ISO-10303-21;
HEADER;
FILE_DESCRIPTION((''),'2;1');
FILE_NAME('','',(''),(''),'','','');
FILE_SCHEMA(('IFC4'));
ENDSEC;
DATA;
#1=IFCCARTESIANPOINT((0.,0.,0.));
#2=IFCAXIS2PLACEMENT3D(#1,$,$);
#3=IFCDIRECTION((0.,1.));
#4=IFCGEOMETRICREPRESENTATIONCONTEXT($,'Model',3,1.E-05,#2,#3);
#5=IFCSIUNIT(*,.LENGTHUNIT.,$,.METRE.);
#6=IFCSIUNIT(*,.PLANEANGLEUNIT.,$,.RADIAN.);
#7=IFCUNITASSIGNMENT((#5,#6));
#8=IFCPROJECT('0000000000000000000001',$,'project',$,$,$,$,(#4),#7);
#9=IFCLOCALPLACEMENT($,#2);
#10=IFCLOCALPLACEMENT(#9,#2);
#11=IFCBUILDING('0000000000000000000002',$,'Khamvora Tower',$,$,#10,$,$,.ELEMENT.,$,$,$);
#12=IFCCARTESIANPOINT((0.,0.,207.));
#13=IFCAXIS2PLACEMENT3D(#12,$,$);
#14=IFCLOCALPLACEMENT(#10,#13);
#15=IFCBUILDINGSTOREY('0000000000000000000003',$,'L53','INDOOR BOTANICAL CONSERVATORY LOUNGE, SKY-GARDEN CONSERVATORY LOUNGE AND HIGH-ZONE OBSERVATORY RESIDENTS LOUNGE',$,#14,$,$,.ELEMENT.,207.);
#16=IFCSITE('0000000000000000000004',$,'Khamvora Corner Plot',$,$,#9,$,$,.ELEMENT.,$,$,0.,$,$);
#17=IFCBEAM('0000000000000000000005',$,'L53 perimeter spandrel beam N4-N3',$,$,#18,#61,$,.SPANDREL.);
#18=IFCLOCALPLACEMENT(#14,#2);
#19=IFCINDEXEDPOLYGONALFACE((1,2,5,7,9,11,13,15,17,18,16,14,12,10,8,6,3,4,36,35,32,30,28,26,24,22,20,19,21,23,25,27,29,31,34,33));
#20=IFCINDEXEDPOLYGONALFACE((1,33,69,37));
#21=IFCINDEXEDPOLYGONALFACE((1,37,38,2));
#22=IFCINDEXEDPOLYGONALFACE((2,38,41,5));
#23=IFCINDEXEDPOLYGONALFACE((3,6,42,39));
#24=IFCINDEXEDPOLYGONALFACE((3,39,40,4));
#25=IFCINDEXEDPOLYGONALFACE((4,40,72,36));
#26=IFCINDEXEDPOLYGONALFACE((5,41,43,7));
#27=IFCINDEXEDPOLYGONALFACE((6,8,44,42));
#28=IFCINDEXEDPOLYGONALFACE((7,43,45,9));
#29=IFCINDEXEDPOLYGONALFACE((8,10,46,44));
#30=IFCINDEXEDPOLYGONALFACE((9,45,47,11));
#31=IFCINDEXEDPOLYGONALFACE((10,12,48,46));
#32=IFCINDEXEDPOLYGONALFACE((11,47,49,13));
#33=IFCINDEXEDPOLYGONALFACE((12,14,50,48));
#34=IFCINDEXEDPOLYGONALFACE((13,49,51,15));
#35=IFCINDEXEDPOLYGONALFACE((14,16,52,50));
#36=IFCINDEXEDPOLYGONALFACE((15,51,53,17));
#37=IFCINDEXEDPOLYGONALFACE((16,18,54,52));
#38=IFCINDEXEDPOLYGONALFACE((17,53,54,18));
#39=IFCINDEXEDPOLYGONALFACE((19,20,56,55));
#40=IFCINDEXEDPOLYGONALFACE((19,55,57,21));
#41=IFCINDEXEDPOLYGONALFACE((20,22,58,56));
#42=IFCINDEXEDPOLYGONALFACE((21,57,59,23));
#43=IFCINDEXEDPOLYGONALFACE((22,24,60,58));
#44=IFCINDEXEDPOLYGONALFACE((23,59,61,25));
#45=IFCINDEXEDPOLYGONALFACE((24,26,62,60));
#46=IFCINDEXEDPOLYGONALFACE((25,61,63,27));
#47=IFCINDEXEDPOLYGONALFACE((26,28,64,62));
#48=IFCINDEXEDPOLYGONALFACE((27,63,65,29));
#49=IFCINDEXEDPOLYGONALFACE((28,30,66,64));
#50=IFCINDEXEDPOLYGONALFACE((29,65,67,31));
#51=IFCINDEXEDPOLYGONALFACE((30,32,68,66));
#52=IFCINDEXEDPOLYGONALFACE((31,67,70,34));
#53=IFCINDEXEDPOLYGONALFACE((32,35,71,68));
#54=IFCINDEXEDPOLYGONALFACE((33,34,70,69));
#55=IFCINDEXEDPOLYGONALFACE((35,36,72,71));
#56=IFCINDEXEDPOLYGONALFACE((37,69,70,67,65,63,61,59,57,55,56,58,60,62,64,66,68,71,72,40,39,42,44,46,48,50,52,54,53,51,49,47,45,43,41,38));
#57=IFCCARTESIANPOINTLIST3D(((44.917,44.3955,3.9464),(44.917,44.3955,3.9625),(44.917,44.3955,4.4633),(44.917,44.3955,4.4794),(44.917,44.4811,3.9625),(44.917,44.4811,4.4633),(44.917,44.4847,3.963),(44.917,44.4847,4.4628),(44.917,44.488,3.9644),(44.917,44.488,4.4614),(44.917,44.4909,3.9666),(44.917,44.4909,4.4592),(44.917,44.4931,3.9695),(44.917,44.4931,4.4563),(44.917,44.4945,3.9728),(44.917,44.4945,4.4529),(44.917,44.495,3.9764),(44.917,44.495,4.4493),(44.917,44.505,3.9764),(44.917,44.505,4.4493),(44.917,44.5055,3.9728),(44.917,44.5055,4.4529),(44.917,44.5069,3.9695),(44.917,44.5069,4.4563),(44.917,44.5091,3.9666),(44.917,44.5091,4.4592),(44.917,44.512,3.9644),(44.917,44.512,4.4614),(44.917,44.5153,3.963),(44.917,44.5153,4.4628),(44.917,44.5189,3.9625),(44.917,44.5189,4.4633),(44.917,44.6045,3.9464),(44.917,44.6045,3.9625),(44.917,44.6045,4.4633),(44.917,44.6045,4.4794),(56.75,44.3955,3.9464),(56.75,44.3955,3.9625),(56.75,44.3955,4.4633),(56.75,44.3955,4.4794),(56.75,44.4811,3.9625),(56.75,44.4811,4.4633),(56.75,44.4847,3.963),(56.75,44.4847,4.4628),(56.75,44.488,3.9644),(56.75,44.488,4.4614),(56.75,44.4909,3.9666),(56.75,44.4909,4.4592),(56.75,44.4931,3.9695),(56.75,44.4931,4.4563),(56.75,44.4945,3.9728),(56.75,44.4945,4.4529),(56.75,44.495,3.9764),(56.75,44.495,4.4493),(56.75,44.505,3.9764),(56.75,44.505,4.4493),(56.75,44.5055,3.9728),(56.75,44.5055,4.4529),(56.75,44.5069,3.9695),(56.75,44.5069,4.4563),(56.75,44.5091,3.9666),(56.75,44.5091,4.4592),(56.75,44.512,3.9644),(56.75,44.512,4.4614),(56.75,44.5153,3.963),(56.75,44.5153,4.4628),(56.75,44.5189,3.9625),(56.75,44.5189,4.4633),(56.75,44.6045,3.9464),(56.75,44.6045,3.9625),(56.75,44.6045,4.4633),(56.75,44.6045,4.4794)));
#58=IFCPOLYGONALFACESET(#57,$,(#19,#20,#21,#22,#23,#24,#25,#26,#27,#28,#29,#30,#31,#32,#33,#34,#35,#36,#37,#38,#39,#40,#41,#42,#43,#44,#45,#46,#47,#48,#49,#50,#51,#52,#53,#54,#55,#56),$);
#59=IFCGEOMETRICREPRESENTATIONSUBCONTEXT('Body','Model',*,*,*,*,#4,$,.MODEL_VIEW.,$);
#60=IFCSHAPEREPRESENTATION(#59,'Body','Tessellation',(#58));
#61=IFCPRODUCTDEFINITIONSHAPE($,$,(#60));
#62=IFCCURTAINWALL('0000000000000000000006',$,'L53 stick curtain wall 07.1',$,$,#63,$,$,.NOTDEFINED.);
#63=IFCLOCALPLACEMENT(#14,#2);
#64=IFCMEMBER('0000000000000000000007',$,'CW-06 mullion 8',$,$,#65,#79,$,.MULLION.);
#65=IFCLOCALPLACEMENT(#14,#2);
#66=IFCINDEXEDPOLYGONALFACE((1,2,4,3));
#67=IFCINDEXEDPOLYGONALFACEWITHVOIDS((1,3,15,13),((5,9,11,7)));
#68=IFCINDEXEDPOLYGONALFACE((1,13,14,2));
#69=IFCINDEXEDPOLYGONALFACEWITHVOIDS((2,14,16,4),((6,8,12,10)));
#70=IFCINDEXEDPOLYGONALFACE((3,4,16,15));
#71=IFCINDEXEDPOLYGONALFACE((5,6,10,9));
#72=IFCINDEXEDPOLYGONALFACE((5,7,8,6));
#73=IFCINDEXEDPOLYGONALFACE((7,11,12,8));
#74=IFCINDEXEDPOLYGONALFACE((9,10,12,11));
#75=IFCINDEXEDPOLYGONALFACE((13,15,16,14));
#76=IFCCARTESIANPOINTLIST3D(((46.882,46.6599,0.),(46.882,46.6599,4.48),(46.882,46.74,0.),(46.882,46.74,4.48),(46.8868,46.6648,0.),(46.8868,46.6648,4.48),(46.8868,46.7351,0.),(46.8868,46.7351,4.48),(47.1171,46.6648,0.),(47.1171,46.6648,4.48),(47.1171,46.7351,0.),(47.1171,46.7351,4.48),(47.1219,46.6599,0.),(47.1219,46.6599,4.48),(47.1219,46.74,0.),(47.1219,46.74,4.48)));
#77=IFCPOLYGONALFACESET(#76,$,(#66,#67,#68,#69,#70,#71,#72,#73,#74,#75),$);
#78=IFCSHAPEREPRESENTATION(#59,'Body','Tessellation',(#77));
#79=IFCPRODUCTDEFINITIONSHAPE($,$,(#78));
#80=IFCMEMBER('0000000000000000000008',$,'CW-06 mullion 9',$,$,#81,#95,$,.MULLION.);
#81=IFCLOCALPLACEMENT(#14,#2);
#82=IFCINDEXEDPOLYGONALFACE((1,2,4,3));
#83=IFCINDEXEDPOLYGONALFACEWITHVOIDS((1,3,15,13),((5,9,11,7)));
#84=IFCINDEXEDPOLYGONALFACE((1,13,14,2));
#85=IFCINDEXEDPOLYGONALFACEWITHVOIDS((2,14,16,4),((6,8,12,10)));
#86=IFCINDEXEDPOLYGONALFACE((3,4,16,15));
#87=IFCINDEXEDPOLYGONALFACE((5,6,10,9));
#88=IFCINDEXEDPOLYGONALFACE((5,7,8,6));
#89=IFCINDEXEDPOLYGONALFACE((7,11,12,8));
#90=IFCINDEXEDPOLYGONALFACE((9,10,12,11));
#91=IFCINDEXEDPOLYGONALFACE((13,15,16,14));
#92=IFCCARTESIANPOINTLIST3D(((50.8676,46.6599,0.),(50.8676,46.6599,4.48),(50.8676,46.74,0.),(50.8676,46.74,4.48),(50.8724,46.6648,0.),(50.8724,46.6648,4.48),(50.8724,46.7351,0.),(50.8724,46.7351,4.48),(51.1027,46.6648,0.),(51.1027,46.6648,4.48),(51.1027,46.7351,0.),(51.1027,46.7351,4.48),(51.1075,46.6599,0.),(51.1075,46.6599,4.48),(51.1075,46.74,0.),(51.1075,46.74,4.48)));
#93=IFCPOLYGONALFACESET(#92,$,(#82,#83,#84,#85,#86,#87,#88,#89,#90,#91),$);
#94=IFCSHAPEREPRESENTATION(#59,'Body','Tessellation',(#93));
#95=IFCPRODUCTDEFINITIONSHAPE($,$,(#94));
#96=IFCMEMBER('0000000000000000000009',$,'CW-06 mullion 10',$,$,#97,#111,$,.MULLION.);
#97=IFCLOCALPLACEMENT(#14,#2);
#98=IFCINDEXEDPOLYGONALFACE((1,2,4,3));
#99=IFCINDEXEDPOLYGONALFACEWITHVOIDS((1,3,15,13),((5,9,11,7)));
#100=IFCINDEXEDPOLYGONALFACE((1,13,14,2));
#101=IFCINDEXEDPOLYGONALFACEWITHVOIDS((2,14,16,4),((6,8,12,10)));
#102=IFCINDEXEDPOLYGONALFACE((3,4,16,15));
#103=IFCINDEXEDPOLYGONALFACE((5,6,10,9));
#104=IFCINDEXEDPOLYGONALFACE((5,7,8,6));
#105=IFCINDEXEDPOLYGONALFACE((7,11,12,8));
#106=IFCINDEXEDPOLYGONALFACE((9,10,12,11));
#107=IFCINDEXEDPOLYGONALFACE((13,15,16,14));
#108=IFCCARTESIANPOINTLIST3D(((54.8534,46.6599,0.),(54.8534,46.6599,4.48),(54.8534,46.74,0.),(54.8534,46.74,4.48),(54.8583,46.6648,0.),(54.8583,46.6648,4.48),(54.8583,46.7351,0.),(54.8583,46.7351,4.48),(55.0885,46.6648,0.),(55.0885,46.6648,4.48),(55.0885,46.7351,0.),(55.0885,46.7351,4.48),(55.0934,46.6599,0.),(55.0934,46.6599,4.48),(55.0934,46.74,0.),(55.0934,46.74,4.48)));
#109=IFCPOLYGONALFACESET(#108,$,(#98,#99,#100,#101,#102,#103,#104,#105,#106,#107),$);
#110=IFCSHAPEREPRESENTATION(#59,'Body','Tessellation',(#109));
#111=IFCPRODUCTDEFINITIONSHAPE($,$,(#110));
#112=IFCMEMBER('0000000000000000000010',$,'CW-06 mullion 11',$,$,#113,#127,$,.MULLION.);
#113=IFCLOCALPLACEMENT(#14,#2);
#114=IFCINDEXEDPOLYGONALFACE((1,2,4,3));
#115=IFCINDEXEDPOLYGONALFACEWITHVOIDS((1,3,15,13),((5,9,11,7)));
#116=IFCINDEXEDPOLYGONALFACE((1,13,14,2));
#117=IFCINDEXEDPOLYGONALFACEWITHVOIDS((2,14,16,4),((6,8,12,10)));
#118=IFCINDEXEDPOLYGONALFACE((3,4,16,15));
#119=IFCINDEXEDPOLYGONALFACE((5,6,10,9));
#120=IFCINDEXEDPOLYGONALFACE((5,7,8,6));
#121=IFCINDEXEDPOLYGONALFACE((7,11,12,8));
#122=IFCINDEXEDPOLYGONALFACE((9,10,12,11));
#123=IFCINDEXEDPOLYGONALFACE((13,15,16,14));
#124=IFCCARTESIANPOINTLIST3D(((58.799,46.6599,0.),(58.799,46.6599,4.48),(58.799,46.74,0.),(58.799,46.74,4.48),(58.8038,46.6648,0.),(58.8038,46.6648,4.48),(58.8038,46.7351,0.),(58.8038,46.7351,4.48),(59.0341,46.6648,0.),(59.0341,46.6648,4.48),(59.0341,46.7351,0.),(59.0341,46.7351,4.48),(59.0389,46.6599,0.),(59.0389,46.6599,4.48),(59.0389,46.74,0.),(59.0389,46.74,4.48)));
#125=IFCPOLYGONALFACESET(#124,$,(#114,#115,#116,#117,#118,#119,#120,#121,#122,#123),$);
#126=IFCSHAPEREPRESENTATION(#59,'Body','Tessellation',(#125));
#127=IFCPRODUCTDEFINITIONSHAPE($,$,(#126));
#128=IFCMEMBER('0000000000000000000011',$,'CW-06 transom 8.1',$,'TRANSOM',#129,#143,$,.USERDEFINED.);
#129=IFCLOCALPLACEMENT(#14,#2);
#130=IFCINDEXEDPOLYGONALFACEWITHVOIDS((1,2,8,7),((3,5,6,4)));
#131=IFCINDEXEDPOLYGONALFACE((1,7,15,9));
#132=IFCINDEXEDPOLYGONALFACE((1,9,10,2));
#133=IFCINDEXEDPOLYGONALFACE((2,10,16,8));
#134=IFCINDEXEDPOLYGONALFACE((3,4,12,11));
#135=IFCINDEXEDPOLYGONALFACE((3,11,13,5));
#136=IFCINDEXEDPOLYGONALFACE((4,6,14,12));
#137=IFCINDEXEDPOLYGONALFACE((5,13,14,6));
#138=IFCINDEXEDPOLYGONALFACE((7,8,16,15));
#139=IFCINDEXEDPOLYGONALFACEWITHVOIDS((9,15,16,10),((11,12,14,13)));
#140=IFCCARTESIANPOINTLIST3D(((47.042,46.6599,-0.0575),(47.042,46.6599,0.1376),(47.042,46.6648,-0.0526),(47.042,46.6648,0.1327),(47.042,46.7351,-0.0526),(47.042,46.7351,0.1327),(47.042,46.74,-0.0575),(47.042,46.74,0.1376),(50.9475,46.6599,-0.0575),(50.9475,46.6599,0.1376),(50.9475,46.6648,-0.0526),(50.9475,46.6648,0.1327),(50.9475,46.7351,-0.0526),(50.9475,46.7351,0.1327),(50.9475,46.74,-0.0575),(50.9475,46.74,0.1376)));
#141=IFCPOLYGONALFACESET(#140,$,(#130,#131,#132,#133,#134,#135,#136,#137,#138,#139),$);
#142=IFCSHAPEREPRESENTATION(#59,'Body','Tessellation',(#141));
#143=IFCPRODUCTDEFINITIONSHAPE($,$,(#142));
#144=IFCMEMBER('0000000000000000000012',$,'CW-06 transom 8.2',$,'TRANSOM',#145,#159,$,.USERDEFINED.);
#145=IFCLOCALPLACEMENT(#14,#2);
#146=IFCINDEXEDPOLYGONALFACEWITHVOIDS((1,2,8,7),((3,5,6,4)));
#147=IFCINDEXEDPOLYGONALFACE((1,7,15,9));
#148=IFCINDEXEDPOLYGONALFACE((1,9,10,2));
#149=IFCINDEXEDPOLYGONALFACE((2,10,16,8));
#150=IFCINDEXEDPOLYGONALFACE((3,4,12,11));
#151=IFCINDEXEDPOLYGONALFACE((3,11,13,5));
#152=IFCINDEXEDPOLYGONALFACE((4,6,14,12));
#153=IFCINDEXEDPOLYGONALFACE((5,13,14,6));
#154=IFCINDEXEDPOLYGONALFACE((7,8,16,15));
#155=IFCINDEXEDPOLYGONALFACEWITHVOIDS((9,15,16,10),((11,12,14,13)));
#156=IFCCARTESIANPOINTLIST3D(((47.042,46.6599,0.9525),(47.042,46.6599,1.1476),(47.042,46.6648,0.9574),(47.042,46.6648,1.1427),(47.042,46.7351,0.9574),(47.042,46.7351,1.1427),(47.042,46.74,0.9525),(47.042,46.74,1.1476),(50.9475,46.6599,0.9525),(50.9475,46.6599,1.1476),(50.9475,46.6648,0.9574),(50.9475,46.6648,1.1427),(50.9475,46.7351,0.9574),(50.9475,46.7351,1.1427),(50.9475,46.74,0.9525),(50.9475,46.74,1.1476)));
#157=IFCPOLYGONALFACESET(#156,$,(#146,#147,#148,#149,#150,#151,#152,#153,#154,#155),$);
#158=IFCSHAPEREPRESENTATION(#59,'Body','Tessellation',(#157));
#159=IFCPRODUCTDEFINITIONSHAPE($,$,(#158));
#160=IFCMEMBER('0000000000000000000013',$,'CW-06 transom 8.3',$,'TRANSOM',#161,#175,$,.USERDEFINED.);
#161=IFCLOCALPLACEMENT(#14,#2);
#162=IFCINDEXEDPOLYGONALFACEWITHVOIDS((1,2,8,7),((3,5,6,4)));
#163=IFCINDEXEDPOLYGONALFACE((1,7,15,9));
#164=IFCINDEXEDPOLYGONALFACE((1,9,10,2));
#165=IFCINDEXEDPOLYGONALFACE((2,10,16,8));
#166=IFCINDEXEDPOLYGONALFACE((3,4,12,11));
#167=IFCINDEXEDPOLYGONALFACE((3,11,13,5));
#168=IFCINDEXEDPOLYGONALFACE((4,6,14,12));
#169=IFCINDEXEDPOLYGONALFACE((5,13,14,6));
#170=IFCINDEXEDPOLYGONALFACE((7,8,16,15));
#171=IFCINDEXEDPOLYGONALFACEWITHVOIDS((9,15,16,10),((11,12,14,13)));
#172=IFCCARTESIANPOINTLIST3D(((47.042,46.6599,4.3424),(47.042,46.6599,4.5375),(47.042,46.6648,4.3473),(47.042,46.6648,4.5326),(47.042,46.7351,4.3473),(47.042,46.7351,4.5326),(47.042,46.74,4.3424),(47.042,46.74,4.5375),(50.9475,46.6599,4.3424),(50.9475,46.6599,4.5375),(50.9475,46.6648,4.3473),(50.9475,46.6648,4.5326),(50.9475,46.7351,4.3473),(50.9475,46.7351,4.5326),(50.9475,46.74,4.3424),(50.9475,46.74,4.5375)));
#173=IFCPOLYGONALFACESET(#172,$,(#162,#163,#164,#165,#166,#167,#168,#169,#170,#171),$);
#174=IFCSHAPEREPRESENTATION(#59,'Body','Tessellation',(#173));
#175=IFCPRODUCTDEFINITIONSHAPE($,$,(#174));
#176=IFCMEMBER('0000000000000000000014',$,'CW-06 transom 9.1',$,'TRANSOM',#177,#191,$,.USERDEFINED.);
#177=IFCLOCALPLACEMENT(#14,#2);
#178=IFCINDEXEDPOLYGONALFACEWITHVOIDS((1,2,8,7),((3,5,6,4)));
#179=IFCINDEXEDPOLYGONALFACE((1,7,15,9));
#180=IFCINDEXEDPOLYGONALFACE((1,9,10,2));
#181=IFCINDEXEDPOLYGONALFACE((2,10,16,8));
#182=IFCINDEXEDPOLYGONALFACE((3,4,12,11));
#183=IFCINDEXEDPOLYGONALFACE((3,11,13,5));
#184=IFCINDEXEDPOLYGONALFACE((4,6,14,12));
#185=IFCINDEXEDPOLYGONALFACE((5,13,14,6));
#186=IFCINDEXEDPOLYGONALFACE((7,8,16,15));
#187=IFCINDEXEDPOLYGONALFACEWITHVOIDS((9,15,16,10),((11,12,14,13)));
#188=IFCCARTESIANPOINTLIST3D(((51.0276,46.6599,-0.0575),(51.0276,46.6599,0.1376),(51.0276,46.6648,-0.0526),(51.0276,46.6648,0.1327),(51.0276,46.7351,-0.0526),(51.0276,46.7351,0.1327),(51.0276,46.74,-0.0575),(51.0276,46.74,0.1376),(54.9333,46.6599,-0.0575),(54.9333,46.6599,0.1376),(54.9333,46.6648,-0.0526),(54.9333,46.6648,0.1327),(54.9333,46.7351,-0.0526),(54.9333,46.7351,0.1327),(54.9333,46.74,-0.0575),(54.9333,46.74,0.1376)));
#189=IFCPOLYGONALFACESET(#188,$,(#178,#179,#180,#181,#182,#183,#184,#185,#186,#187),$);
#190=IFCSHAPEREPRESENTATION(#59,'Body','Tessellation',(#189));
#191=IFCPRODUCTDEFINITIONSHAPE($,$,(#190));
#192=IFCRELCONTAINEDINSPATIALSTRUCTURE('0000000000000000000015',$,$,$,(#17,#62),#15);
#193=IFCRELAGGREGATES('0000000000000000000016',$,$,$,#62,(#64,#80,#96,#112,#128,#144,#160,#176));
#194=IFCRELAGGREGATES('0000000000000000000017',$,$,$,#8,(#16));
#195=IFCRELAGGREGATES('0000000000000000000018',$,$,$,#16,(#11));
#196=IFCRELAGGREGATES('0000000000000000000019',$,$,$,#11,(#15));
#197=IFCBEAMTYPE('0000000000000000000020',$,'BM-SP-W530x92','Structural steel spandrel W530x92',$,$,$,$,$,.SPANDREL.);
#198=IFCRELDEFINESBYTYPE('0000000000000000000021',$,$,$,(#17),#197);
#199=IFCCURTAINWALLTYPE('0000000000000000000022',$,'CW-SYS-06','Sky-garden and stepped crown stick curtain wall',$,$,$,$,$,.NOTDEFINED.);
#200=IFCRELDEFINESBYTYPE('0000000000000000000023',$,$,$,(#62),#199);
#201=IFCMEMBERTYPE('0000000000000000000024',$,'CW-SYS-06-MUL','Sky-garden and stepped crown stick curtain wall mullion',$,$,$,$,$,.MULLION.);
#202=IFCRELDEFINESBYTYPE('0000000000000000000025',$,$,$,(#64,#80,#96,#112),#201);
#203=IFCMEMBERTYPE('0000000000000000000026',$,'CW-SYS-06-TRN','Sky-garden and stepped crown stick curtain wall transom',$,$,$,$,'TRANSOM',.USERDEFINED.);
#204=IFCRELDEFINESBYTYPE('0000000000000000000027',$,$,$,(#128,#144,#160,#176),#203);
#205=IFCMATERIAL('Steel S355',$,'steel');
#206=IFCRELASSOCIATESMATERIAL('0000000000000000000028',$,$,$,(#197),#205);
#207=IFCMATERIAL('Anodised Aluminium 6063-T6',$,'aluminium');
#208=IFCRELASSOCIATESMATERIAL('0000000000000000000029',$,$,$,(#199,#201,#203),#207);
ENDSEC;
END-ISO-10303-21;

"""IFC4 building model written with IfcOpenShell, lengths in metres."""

from ifc_helpers import new_model, si_unit, direction, frame, origin, origin_2d, place, context, subcontext, project, spatial, hollow_rectangle, i_section, extrude, material, material_profile, profile_set, type_object, element, aggregate, save


model = new_model("IFC4")

# Units and contexts
model_context = context("Model", 3, precision=1e-05, world=origin(), true_north=direction((0.0, 1.0)))
body_context = subcontext(model_context, "Body", "Model", "MODEL_VIEW")
ifc_project = project(units=[si_unit("LENGTHUNIT", "METRE"), si_unit("PLANEANGLEUNIT", "RADIAN")], contexts=[model_context])

# Site, building, storey
site_placement = place(None, origin())
site = spatial("IfcSite", under=ifc_project, at=site_placement, Name="Khamvora Corner Plot", CompositionType="ELEMENT", RefElevation=0.0)
building_placement = place(site_placement, origin())
building = spatial("IfcBuilding", under=site, at=building_placement, Name="Khamvora Tower", CompositionType="ELEMENT")
storey_placement = place(building_placement, frame((0.0, 0.0, 207.0)))
storey = spatial("IfcBuildingStorey", under=building, at=storey_placement, Name="L53", Description="INDOOR BOTANICAL CONSERVATORY LOUNGE, SKY-GARDEN CONSERVATORY LOUNGE AND HIGH-ZONE OBSERVATORY RESIDENTS LOUNGE", CompositionType="ELEMENT", Elevation=207.0)

# Shared definitions
ifc_material_1 = material(Name="Steel S355", Category="steel")

# Beam
ifc_material_profile_1 = material_profile(ifc_material_1, i_section(OverallWidth=0.209, OverallDepth=0.533, WebThickness=0.01, FlangeThickness=0.0161, FilletRadius=0.0139, at=origin_2d()), Name="W530x92")
ifc_profile_set_1 = profile_set([ifc_material_profile_1], Name="Steel S355")
beam_type_1 = type_object("IfcBeamType", Name="BM-SP-W530x92", Description="Structural steel spandrel W530x92", PredefinedType="SPANDREL", material=ifc_profile_set_1)
beam_1_placement = place(storey_placement, frame((56.75, 44.5, 4.2129), z_axis=(-1.0, 0.0, 0.0), x_axis=(0.0, -1.0, 0.0)))
element("IfcBeam", 1, at=beam_1_placement, inside=storey, type_object=beam_type_1, Name="L53 perimeter spandrel beam N4-N3", PredefinedType="SPANDREL", context=body_context, shape_type="SweptSolid", body=[
    extrude(i_section(OverallWidth=0.209, OverallDepth=0.533, WebThickness=0.01, FlangeThickness=0.0161, FilletRadius=0.0139, at=origin_2d()), origin(), (0.0, 0.0, 1.0), 11.833),
])

# Curtain wall, members
ifc_material_2 = material(Name="Anodised Aluminium 6063-T6", Category="aluminium")
curtain_wall_type = type_object("IfcCurtainWallType", Name="CW-SYS-06", Description="Sky-garden and stepped crown stick curtain wall", PredefinedType="NOTDEFINED", material=ifc_material_2)
curtain_wall_placement = place(storey_placement, origin())
curtain_wall = element("IfcCurtainWall", 2, at=curtain_wall_placement, inside=storey, type_object=curtain_wall_type, Name="L53 stick curtain wall 07.1", PredefinedType="NOTDEFINED")
ifc_material_profile_2 = material_profile(ifc_material_2, hollow_rectangle(XDim=0.0801, YDim=0.24, WallThickness=0.0049, at=origin_2d()), Name="MUL80x240x5")
ifc_profile_set_2 = profile_set([ifc_material_profile_2], Name="Anodised Aluminium 6063-T6")
member_type_1 = type_object("IfcMemberType", Name="CW-SYS-06-MUL", Description="Sky-garden and stepped crown stick curtain wall mullion", PredefinedType="MULLION", material=ifc_profile_set_2)
member_1_placement = place(storey_placement, frame((47.002, 46.7, 0.0), z_axis=(0.0, 0.0, 1.0), x_axis=(0.0, 1.0, 0.0)))
member_1 = element("IfcMember", 3, at=member_1_placement, type_object=member_type_1, Name="CW-06 mullion 8", PredefinedType="MULLION", context=body_context, shape_type="SweptSolid", body=[
    extrude(hollow_rectangle(XDim=0.0801, YDim=0.24, WallThickness=0.0049, at=origin_2d()), origin(), (0.0, 0.0, 1.0), 4.48),
])
member_2_placement = place(storey_placement, frame((50.9875, 46.7, 0.0), z_axis=(0.0, 0.0, 1.0), x_axis=(0.0, 1.0, 0.0)))
member_2 = element("IfcMember", 4, at=member_2_placement, type_object=member_type_1, Name="CW-06 mullion 9", PredefinedType="MULLION", context=body_context, shape_type="SweptSolid", body=[
    extrude(hollow_rectangle(XDim=0.0801, YDim=0.24, WallThickness=0.0049, at=origin_2d()), origin(), (0.0, 0.0, 1.0), 4.48),
])
member_3_placement = place(storey_placement, frame((54.9734, 46.7, 0.0), z_axis=(0.0, 0.0, 1.0), x_axis=(0.0, 1.0, 0.0)))
member_3 = element("IfcMember", 5, at=member_3_placement, type_object=member_type_1, Name="CW-06 mullion 10", PredefinedType="MULLION", context=body_context, shape_type="SweptSolid", body=[
    extrude(hollow_rectangle(XDim=0.0801, YDim=0.24, WallThickness=0.0049, at=origin_2d()), origin(), (0.0, 0.0, 1.0), 4.48),
])
member_4_placement = place(storey_placement, frame((58.9189, 46.7, 0.0), z_axis=(0.0, 0.0, 1.0), x_axis=(0.0, 1.0, 0.0)))
member_4 = element("IfcMember", 6, at=member_4_placement, type_object=member_type_1, Name="CW-06 mullion 11", PredefinedType="MULLION", context=body_context, shape_type="SweptSolid", body=[
    extrude(hollow_rectangle(XDim=0.0801, YDim=0.24, WallThickness=0.0049, at=origin_2d()), origin(), (0.0, 0.0, 1.0), 4.48),
])
ifc_material_profile_3 = material_profile(ifc_material_2, hollow_rectangle(XDim=0.0801, YDim=0.1951, WallThickness=0.0049, at=origin_2d()), Name="TRN80x195x5")
ifc_profile_set_3 = profile_set([ifc_material_profile_3], Name="Anodised Aluminium 6063-T6")
member_type_2 = type_object("IfcMemberType", Name="CW-SYS-06-TRN", Description="Sky-garden and stepped crown stick curtain wall transom", ElementType="TRANSOM", PredefinedType="USERDEFINED", material=ifc_profile_set_3)
member_5_placement = place(storey_placement, frame((47.042, 46.7, 0.04), z_axis=(1.0, 0.0, 0.0), x_axis=(0.0, 1.0, 0.0)))
member_5 = element("IfcMember", 7, at=member_5_placement, type_object=member_type_2, Name="CW-06 transom 8.1", ObjectType="TRANSOM", PredefinedType="USERDEFINED", context=body_context, shape_type="SweptSolid", body=[
    extrude(hollow_rectangle(XDim=0.0801, YDim=0.1951, WallThickness=0.0049, at=origin_2d()), origin(), (0.0, 0.0, 1.0), 3.9055),
])
member_6_placement = place(storey_placement, frame((47.042, 46.7, 1.05), z_axis=(1.0, 0.0, 0.0), x_axis=(0.0, 1.0, 0.0)))
member_6 = element("IfcMember", 8, at=member_6_placement, type_object=member_type_2, Name="CW-06 transom 8.2", ObjectType="TRANSOM", PredefinedType="USERDEFINED", context=body_context, shape_type="SweptSolid", body=[
    extrude(hollow_rectangle(XDim=0.0801, YDim=0.1951, WallThickness=0.0049, at=origin_2d()), origin(), (0.0, 0.0, 1.0), 3.9055),
])
member_7_placement = place(storey_placement, frame((47.042, 46.7, 4.4399), z_axis=(1.0, 0.0, 0.0), x_axis=(0.0, 1.0, 0.0)))
member_7 = element("IfcMember", 9, at=member_7_placement, type_object=member_type_2, Name="CW-06 transom 8.3", ObjectType="TRANSOM", PredefinedType="USERDEFINED", context=body_context, shape_type="SweptSolid", body=[
    extrude(hollow_rectangle(XDim=0.0801, YDim=0.1951, WallThickness=0.0049, at=origin_2d()), origin(), (0.0, 0.0, 1.0), 3.9055),
])
member_8_placement = place(storey_placement, frame((51.0276, 46.7, 0.04), z_axis=(1.0, 0.0, 0.0), x_axis=(0.0, 1.0, 0.0)))
member_8 = element("IfcMember", 10, at=member_8_placement, type_object=member_type_2, Name="CW-06 transom 9.1", ObjectType="TRANSOM", PredefinedType="USERDEFINED", context=body_context, shape_type="SweptSolid", body=[
    extrude(hollow_rectangle(XDim=0.0801, YDim=0.1951, WallThickness=0.0049, at=origin_2d()), origin(), (0.0, 0.0, 1.0), 3.9058),
])

aggregate(curtain_wall, [member_1, member_2, member_3, member_4, member_5, member_6, member_7, member_8])

save(model, "model.ifc")
